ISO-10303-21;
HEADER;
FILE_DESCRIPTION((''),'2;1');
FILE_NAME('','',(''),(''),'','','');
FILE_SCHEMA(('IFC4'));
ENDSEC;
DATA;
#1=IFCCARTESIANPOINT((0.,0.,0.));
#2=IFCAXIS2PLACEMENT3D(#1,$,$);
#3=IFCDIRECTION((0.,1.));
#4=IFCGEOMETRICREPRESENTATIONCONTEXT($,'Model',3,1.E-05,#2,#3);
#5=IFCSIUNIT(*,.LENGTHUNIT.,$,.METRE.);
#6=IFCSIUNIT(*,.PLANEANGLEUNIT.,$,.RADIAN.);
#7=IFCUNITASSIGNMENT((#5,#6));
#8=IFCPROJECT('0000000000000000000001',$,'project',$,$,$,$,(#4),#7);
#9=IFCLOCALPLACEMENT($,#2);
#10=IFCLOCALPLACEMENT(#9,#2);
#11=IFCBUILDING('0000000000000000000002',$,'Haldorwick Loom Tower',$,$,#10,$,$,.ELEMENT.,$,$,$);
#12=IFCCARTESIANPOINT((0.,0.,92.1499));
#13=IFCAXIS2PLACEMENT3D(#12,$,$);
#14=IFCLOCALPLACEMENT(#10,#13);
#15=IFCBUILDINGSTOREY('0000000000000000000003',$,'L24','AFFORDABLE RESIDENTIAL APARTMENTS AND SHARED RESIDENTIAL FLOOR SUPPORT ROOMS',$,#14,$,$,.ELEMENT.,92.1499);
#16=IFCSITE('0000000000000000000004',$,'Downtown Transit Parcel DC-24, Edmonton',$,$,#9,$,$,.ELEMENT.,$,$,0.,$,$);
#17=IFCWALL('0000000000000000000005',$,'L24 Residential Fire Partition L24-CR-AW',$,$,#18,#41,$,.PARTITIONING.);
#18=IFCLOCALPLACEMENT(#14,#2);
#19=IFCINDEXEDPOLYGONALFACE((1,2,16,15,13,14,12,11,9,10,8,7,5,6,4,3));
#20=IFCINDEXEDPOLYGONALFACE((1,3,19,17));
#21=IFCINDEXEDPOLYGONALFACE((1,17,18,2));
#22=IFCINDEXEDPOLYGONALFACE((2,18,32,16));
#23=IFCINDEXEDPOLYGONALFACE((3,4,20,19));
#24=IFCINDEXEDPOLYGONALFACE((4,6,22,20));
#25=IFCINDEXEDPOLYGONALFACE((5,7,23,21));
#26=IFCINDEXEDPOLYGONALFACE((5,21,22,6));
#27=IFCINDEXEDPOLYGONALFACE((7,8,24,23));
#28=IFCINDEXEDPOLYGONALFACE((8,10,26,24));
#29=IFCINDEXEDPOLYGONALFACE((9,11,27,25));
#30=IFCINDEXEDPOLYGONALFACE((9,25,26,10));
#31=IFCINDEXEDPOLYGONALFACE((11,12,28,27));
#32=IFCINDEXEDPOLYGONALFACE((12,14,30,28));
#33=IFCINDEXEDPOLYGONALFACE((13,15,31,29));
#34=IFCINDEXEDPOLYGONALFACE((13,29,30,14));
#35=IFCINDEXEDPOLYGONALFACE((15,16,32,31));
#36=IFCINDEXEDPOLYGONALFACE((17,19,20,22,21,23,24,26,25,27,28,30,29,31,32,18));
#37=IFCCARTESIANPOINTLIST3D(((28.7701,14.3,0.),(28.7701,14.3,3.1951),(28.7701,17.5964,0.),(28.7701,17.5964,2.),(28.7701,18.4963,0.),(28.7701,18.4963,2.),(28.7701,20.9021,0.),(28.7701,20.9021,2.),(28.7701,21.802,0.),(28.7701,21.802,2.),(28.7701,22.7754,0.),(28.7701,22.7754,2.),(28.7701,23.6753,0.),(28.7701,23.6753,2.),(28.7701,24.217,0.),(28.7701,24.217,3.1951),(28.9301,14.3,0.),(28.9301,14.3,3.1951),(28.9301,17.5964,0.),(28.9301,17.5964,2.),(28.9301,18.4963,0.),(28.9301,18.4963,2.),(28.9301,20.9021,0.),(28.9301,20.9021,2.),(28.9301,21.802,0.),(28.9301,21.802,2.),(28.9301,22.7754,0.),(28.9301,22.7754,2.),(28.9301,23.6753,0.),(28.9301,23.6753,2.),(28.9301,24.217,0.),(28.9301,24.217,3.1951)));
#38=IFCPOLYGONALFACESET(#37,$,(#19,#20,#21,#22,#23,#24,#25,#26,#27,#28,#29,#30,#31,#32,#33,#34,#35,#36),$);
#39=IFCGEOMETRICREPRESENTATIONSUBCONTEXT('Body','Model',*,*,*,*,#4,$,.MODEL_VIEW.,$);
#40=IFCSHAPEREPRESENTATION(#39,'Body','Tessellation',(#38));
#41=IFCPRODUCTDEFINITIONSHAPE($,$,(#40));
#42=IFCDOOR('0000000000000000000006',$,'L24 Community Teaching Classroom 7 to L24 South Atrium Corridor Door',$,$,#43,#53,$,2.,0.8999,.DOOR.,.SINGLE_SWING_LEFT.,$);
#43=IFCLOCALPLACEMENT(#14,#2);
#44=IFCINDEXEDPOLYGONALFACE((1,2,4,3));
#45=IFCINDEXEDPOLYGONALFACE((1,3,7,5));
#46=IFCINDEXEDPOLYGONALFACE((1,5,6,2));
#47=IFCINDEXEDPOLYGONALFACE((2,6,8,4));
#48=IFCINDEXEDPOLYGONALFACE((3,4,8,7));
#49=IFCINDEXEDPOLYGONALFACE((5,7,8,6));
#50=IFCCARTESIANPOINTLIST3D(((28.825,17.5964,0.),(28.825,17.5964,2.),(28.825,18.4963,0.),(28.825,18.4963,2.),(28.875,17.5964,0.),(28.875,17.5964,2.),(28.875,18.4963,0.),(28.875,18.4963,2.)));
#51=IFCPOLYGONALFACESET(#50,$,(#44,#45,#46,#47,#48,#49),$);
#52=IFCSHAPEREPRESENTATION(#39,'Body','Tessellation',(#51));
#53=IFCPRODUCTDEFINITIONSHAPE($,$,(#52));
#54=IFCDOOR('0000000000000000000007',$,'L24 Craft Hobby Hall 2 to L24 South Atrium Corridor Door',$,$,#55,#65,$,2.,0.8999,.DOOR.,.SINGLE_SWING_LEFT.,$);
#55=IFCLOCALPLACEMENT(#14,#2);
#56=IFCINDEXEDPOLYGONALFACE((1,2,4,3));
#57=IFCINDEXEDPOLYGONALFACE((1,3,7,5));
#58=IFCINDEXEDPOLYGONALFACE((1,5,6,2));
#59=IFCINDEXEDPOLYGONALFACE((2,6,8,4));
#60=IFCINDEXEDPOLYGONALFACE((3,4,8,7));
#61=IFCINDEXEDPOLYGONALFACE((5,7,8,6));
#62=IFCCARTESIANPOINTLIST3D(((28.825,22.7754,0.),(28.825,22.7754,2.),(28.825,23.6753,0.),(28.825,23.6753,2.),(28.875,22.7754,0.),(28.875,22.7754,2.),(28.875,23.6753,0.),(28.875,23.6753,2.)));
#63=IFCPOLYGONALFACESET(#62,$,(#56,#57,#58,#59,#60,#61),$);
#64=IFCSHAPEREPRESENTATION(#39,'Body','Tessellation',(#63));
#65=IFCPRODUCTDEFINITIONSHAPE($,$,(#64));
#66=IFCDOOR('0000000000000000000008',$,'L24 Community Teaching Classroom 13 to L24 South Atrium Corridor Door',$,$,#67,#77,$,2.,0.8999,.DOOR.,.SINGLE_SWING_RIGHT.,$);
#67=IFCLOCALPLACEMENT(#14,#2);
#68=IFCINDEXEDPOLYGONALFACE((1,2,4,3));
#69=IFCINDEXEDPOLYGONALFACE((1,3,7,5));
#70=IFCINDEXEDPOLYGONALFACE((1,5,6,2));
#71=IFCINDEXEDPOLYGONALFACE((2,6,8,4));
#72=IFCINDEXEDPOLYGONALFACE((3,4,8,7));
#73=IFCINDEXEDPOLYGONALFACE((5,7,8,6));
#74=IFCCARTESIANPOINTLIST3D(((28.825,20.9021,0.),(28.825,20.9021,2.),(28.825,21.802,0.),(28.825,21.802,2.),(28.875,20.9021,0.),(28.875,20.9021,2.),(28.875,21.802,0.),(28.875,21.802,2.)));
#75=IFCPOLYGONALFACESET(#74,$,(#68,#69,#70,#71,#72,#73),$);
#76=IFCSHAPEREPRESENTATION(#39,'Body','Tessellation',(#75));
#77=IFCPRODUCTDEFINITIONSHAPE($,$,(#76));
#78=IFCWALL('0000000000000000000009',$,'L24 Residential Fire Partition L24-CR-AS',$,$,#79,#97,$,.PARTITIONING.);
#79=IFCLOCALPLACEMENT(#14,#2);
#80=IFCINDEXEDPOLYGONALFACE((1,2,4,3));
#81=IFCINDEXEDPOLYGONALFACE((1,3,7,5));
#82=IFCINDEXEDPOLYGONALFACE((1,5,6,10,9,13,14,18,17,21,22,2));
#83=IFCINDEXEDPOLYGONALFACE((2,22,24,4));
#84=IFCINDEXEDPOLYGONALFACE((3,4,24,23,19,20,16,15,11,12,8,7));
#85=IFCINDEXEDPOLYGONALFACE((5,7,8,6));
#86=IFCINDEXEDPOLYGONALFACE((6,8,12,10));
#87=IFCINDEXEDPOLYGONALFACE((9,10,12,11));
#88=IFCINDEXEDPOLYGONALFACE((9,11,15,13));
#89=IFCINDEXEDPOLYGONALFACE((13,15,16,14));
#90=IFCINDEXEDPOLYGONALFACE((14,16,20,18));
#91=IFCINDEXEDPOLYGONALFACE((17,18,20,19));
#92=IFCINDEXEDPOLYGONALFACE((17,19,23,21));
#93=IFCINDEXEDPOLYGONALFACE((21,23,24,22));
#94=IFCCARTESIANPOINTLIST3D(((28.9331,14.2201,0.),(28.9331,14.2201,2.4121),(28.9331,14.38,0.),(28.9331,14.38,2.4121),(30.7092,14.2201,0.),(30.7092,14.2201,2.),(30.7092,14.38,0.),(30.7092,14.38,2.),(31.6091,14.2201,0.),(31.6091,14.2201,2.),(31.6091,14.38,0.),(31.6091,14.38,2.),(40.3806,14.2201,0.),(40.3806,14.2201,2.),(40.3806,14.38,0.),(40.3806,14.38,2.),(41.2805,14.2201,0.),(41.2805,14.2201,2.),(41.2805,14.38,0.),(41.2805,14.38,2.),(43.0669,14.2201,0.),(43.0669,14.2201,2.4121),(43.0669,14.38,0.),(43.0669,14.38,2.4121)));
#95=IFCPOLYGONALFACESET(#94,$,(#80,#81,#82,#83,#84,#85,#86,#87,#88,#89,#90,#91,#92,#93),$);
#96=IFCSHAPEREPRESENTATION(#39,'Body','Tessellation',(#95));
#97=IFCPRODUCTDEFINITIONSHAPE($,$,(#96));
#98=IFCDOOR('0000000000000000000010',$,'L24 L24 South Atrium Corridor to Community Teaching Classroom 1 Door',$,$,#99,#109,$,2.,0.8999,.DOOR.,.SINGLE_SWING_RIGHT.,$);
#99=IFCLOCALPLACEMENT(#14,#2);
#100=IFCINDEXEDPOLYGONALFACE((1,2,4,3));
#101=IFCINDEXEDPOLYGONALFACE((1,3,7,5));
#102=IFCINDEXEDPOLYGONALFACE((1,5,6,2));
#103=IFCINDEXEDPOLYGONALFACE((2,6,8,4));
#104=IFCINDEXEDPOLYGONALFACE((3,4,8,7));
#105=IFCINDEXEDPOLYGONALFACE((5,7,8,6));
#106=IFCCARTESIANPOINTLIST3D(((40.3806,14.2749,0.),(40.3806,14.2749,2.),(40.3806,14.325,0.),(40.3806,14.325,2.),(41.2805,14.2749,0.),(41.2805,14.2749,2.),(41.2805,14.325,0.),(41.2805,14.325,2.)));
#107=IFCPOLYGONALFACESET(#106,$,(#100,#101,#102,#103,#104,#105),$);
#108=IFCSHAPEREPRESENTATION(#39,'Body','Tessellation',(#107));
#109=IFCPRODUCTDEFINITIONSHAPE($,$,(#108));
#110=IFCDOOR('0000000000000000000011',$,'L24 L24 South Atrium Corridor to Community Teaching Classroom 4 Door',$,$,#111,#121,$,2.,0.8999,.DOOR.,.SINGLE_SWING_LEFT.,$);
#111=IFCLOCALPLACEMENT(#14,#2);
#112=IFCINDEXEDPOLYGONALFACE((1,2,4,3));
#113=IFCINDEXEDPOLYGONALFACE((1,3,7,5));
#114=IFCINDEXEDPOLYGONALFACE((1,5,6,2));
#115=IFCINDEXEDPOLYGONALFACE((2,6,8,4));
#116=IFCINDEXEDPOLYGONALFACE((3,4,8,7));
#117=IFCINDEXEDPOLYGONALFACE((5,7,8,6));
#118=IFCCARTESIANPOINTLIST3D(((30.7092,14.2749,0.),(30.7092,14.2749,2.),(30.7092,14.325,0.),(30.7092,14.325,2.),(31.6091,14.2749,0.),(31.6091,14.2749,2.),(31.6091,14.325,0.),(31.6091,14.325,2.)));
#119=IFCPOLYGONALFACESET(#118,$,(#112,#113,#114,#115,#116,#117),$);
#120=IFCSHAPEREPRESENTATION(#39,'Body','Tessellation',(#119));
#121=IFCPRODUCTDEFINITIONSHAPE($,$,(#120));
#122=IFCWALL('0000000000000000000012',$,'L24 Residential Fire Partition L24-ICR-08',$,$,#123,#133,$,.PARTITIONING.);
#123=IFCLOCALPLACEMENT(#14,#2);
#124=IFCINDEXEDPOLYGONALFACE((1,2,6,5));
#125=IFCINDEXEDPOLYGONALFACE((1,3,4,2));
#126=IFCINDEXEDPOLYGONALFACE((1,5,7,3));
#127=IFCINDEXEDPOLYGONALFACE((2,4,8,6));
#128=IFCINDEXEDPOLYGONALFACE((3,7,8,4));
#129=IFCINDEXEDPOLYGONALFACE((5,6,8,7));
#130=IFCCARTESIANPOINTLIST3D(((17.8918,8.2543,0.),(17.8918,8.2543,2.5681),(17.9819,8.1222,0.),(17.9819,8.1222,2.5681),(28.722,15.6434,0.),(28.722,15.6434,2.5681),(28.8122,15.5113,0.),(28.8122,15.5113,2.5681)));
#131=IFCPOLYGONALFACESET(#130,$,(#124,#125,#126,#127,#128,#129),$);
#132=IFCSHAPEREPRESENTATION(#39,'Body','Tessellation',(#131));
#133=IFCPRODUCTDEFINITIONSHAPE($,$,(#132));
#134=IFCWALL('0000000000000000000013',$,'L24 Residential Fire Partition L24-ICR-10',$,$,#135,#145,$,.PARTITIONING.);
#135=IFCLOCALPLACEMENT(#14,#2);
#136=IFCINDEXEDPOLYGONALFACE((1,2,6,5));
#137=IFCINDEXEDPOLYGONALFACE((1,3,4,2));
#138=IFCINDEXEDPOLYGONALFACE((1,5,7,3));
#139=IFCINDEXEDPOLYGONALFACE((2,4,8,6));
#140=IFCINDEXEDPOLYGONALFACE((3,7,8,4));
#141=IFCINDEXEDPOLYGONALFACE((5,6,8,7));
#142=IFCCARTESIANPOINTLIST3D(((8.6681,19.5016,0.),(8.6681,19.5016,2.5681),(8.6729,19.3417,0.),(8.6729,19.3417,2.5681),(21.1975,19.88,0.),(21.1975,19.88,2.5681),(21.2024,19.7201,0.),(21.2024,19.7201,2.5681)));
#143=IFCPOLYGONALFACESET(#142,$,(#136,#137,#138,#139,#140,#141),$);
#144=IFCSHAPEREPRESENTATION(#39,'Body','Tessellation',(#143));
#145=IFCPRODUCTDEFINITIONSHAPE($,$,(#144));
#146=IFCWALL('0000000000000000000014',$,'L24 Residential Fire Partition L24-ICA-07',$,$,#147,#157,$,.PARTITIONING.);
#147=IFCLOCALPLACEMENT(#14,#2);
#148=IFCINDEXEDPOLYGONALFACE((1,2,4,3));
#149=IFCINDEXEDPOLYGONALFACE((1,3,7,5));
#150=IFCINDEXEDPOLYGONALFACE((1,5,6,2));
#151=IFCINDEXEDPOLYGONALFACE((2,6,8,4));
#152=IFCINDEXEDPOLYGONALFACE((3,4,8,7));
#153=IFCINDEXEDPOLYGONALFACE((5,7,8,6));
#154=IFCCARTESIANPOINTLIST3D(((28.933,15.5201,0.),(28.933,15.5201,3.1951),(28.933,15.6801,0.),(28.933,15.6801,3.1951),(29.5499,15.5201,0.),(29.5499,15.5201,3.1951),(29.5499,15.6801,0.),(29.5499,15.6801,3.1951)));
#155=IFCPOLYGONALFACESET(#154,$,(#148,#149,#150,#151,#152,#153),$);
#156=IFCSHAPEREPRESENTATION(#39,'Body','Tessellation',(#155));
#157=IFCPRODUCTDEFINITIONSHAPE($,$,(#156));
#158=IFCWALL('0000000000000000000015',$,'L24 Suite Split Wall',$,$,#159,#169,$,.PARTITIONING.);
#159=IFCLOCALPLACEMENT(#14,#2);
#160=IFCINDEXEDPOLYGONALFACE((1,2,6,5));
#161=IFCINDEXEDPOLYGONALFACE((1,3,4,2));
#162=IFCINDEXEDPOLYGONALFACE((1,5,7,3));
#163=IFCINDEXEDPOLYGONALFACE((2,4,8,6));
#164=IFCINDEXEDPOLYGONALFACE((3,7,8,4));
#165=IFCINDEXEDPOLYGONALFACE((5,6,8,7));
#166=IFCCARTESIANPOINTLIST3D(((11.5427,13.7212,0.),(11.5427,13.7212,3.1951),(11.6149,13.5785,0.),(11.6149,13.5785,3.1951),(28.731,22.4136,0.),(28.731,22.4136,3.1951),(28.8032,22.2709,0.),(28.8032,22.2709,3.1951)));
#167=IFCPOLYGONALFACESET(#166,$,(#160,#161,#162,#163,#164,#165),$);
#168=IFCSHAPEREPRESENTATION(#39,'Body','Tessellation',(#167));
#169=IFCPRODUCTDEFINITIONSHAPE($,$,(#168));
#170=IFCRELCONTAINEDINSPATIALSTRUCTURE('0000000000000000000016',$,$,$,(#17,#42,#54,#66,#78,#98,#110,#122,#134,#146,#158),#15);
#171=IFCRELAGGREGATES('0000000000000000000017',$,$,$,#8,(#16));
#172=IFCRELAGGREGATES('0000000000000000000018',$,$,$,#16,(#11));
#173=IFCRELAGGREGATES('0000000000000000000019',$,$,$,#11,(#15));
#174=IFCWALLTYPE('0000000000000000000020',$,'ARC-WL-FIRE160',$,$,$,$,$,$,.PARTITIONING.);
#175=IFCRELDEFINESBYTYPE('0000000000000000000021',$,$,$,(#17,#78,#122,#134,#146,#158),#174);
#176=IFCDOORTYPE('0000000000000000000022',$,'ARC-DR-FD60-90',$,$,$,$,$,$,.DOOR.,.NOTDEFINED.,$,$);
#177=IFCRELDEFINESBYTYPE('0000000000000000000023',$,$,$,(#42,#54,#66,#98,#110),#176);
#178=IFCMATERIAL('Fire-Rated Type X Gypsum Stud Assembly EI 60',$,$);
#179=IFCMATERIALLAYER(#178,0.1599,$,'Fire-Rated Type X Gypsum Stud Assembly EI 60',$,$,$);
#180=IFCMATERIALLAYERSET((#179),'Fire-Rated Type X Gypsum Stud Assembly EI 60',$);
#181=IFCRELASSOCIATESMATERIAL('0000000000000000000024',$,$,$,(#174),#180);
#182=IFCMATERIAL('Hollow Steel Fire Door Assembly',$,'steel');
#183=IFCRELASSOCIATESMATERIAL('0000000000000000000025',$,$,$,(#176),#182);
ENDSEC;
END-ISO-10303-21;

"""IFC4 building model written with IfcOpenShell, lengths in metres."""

from ifc_helpers import new_model, si_unit, direction, frame, frame_2d, origin, place, context, subcontext, project, spatial, rectangle, extrude, material, layer, layer_set, type_object, element, fill, save


model = new_model("IFC4")

# Units and contexts
model_context = context("Model", 3, precision=1e-05, world=origin(), true_north=direction((0.0, 1.0)))
body_context = subcontext(model_context, "Body", "Model", "MODEL_VIEW")
ifc_project = project(units=[si_unit("LENGTHUNIT", "METRE"), si_unit("PLANEANGLEUNIT", "RADIAN")], contexts=[model_context])

# Site, building, storey
site_placement = place(None, origin())
site = spatial("IfcSite", under=ifc_project, at=site_placement, Name="Downtown Transit Parcel DC-24, Edmonton", CompositionType="ELEMENT", RefElevation=0.0)
building_placement = place(site_placement, origin())
building = spatial("IfcBuilding", under=site, at=building_placement, Name="Haldorwick Loom Tower", CompositionType="ELEMENT")
storey_placement = place(building_placement, frame((0.0, 0.0, 92.1499)))
storey = spatial("IfcBuildingStorey", under=building, at=storey_placement, Name="L24", Description="AFFORDABLE RESIDENTIAL APARTMENTS AND SHARED RESIDENTIAL FLOOR SUPPORT ROOMS", CompositionType="ELEMENT", Elevation=92.1499)

# Walls, openings, doors
ifc_material_1 = material(Name="Fire-Rated Type X Gypsum Stud Assembly EI 60")
ifc_layer_1 = layer(ifc_material_1, 0.1599, Name="Fire-Rated Type X Gypsum Stud Assembly EI 60")
ifc_layer_set_1 = layer_set([ifc_layer_1], Name="Fire-Rated Type X Gypsum Stud Assembly EI 60")
wall_type_1 = type_object("IfcWallType", Name="ARC-WL-FIRE160", PredefinedType="PARTITIONING", material=ifc_layer_set_1)
wall_1_placement = place(storey_placement, frame((28.8501, 14.3, 0.0), z_axis=(0.0, 0.0, 1.0), x_axis=(0.0, 1.0, 0.0)))
wall_1 = element("IfcWall", 1, at=wall_1_placement, inside=storey, type_object=wall_type_1, Name="L24 Residential Fire Partition L24-CR-AW", PredefinedType="PARTITIONING", context=body_context, shape_type="SweptSolid", body=[
    extrude(rectangle(XDim=9.917, YDim=0.1599, at=frame_2d((4.9585, 0.0))), origin(), (0.0, 0.0, 1.0), 3.1951),
])
opening_1_placement = place(wall_1_placement, frame((3.2964, 0.0, 0.0)))
opening_1 = element("IfcOpeningElement", 2, at=opening_1_placement, cuts=wall_1, PredefinedType="OPENING", context=body_context, shape_type="SweptSolid", body=[
    extrude(rectangle(XDim=0.8999, YDim=2.0, at=frame_2d((0.45, 1.0))), frame((0.0, 0.0898, 0.0), z_axis=(0.0, -1.0, 0.0), x_axis=(1.0, 0.0, 0.0)), (0.0, 0.0, 1.0), 0.1799),
])
opening_2_placement = place(wall_1_placement, frame((8.4753, 0.0, 0.0)))
opening_2 = element("IfcOpeningElement", 3, at=opening_2_placement, cuts=wall_1, PredefinedType="OPENING", context=body_context, shape_type="SweptSolid", body=[
    extrude(rectangle(XDim=0.8999, YDim=2.0, at=frame_2d((0.45, 1.0))), frame((0.0, 0.0898, 0.0), z_axis=(0.0, -1.0, 0.0), x_axis=(1.0, 0.0, 0.0)), (0.0, 0.0, 1.0), 0.1799),
])
opening_3_placement = place(wall_1_placement, frame((6.6021, 0.0, 0.0)))
opening_3 = element("IfcOpeningElement", 4, at=opening_3_placement, cuts=wall_1, PredefinedType="OPENING", context=body_context, shape_type="SweptSolid", body=[
    extrude(rectangle(XDim=0.8999, YDim=2.0, at=frame_2d((0.45, 1.0))), frame((0.0, 0.0898, 0.0), z_axis=(0.0, -1.0, 0.0), x_axis=(1.0, 0.0, 0.0)), (0.0, 0.0, 1.0), 0.1799),
])
ifc_material_2 = material(Name="Hollow Steel Fire Door Assembly", Category="steel")
door_type = type_object("IfcDoorType", Name="ARC-DR-FD60-90", OperationType="NOTDEFINED", PredefinedType="DOOR", material=ifc_material_2)
door_1_placement = place(opening_1_placement, frame((0.8999, 0.0, 0.0), z_axis=(0.0, 0.0, 1.0), x_axis=(-1.0, 0.0, 0.0)))
door_1 = element("IfcDoor", 5, at=door_1_placement, inside=storey, type_object=door_type, Name="L24 Community Teaching Classroom 7 to L24 South Atrium Corridor Door", OperationType="SINGLE_SWING_LEFT", OverallHeight=2.0, OverallWidth=0.8999, PredefinedType="DOOR", context=body_context, shape_type="SweptSolid", body=[
    extrude(rectangle(XDim=0.8999, YDim=2.0, at=frame_2d((0.45, 1.0))), frame((0.0, 0.0249, 0.0), z_axis=(0.0, -1.0, 0.0), x_axis=(1.0, 0.0, 0.0)), (0.0, 0.0, 1.0), 0.05),
])
fill(opening_1, door_1)
door_2_placement = place(opening_2_placement, frame((0.8999, 0.0, 0.0), z_axis=(0.0, 0.0, 1.0), x_axis=(-1.0, 0.0, 0.0)))
door_2 = element("IfcDoor", 6, at=door_2_placement, inside=storey, type_object=door_type, Name="L24 Craft Hobby Hall 2 to L24 South Atrium Corridor Door", OperationType="SINGLE_SWING_LEFT", OverallHeight=2.0, OverallWidth=0.8999, PredefinedType="DOOR", context=body_context, shape_type="SweptSolid", body=[
    extrude(rectangle(XDim=0.8999, YDim=2.0, at=frame_2d((0.45, 1.0))), frame((0.0, 0.0249, 0.0), z_axis=(0.0, -1.0, 0.0), x_axis=(1.0, 0.0, 0.0)), (0.0, 0.0, 1.0), 0.05),
])
fill(opening_2, door_2)
door_3_placement = place(opening_3_placement, frame((0.8999, 0.0, 0.0), z_axis=(0.0, 0.0, 1.0), x_axis=(-1.0, 0.0, 0.0)))
door_3 = element("IfcDoor", 7, at=door_3_placement, inside=storey, type_object=door_type, Name="L24 Community Teaching Classroom 13 to L24 South Atrium Corridor Door", OperationType="SINGLE_SWING_RIGHT", OverallHeight=2.0, OverallWidth=0.8999, PredefinedType="DOOR", context=body_context, shape_type="SweptSolid", body=[
    extrude(rectangle(XDim=0.8999, YDim=2.0, at=frame_2d((0.45, 1.0))), frame((0.0, 0.0249, 0.0), z_axis=(0.0, -1.0, 0.0), x_axis=(1.0, 0.0, 0.0)), (0.0, 0.0, 1.0), 0.05),
])
fill(opening_3, door_3)
wall_2_placement = place(storey_placement, frame((28.9331, 14.3, 0.0), z_axis=(0.0, 0.0, 1.0), x_axis=(1.0, 0.0, 0.0)))
wall_2 = element("IfcWall", 8, at=wall_2_placement, inside=storey, type_object=wall_type_1, Name="L24 Residential Fire Partition L24-CR-AS", PredefinedType="PARTITIONING", context=body_context, shape_type="SweptSolid", body=[
    extrude(rectangle(XDim=14.1338, YDim=0.1599, at=frame_2d((7.0669, 0.0))), origin(), (0.0, 0.0, 1.0), 2.4121),
])
opening_4_placement = place(wall_2_placement, frame((11.4475, 0.0, 0.0)))
opening_4 = element("IfcOpeningElement", 9, at=opening_4_placement, cuts=wall_2, PredefinedType="OPENING", context=body_context, shape_type="SweptSolid", body=[
    extrude(rectangle(XDim=0.8999, YDim=2.0, at=frame_2d((0.45, 1.0))), frame((0.0, 0.0898, 0.0), z_axis=(0.0, -1.0, 0.0), x_axis=(1.0, 0.0, 0.0)), (0.0, 0.0, 1.0), 0.1799),
])
opening_5_placement = place(wall_2_placement, frame((1.7761, 0.0, 0.0)))
opening_5 = element("IfcOpeningElement", 10, at=opening_5_placement, cuts=wall_2, PredefinedType="OPENING", context=body_context, shape_type="SweptSolid", body=[
    extrude(rectangle(XDim=0.8999, YDim=2.0, at=frame_2d((0.45, 1.0))), frame((0.0, 0.0898, 0.0), z_axis=(0.0, -1.0, 0.0), x_axis=(1.0, 0.0, 0.0)), (0.0, 0.0, 1.0), 0.1799),
])
door_4_placement = place(opening_4_placement, origin())
door_4 = element("IfcDoor", 11, at=door_4_placement, inside=storey, type_object=door_type, Name="L24 L24 South Atrium Corridor to Community Teaching Classroom 1 Door", OperationType="SINGLE_SWING_RIGHT", OverallHeight=2.0, OverallWidth=0.8999, PredefinedType="DOOR", context=body_context, shape_type="SweptSolid", body=[
    extrude(rectangle(XDim=0.8999, YDim=2.0, at=frame_2d((0.45, 1.0))), frame((0.0, 0.0249, 0.0), z_axis=(0.0, -1.0, 0.0), x_axis=(1.0, 0.0, 0.0)), (0.0, 0.0, 1.0), 0.05),
])
fill(opening_4, door_4)
door_5_placement = place(opening_5_placement, origin())
door_5 = element("IfcDoor", 12, at=door_5_placement, inside=storey, type_object=door_type, Name="L24 L24 South Atrium Corridor to Community Teaching Classroom 4 Door", OperationType="SINGLE_SWING_LEFT", OverallHeight=2.0, OverallWidth=0.8999, PredefinedType="DOOR", context=body_context, shape_type="SweptSolid", body=[
    extrude(rectangle(XDim=0.8999, YDim=2.0, at=frame_2d((0.45, 1.0))), frame((0.0, 0.0249, 0.0), z_axis=(0.0, -1.0, 0.0), x_axis=(1.0, 0.0, 0.0)), (0.0, 0.0, 1.0), 0.05),
])
fill(opening_5, door_5)

# Walls
wall_3_placement = place(storey_placement, frame((28.7671, 15.5774, 0.0), z_axis=(0.0, 0.0, 1.0), x_axis=(-0.826055, -0.563589, 0.0)))
element("IfcWall", 13, at=wall_3_placement, inside=storey, type_object=wall_type_1, Name="L24 Residential Fire Partition L24-ICR-08", PredefinedType="PARTITIONING", context=body_context, shape_type="SweptSolid", body=[
    extrude(rectangle(XDim=13.1108, YDim=0.1599, at=frame_2d((6.5554, 0.0))), origin(), (0.0, 0.0, 1.0), 2.5681),
])
wall_4_placement = place(storey_placement, frame((21.2, 19.8, 0.0), z_axis=(0.0, 0.0, 1.0), x_axis=(-0.999544, -0.030188, 0.0)))
element("IfcWall", 14, at=wall_4_placement, inside=storey, type_object=wall_type_1, Name="L24 Residential Fire Partition L24-ICR-10", PredefinedType="PARTITIONING", context=body_context, shape_type="SweptSolid", body=[
    extrude(rectangle(XDim=12.5352, YDim=0.1599, at=frame_2d((6.2676, 0.0))), origin(), (0.0, 0.0, 1.0), 2.5681),
])
wall_5_placement = place(storey_placement, frame((29.55, 15.6001, 0.0), z_axis=(0.0, 0.0, 1.0), x_axis=(-1.0, 0.0, 0.0)))
element("IfcWall", 15, at=wall_5_placement, inside=storey, type_object=wall_type_1, Name="L24 Residential Fire Partition L24-ICA-07", PredefinedType="PARTITIONING", context=body_context, shape_type="SweptSolid", body=[
    extrude(rectangle(XDim=0.6169, YDim=0.1599, at=frame_2d((0.3086, 0.0))), origin(), (0.0, 0.0, 1.0), 3.1951),
])
wall_6_placement = place(storey_placement, frame((28.7671, 22.3423, 0.0), z_axis=(0.0, 0.0, 1.0), x_axis=(-0.892377, -0.45129, 0.0)))
element("IfcWall", 16, at=wall_6_placement, inside=storey, type_object=wall_type_1, Name="L24 Suite Split Wall", PredefinedType="PARTITIONING", context=body_context, shape_type="SweptSolid", body=[
    extrude(rectangle(XDim=19.2612, YDim=0.1599, at=frame_2d((9.6306, 0.0))), origin(), (0.0, 0.0, 1.0), 3.1951),
])

save(model, "model.ifc")
